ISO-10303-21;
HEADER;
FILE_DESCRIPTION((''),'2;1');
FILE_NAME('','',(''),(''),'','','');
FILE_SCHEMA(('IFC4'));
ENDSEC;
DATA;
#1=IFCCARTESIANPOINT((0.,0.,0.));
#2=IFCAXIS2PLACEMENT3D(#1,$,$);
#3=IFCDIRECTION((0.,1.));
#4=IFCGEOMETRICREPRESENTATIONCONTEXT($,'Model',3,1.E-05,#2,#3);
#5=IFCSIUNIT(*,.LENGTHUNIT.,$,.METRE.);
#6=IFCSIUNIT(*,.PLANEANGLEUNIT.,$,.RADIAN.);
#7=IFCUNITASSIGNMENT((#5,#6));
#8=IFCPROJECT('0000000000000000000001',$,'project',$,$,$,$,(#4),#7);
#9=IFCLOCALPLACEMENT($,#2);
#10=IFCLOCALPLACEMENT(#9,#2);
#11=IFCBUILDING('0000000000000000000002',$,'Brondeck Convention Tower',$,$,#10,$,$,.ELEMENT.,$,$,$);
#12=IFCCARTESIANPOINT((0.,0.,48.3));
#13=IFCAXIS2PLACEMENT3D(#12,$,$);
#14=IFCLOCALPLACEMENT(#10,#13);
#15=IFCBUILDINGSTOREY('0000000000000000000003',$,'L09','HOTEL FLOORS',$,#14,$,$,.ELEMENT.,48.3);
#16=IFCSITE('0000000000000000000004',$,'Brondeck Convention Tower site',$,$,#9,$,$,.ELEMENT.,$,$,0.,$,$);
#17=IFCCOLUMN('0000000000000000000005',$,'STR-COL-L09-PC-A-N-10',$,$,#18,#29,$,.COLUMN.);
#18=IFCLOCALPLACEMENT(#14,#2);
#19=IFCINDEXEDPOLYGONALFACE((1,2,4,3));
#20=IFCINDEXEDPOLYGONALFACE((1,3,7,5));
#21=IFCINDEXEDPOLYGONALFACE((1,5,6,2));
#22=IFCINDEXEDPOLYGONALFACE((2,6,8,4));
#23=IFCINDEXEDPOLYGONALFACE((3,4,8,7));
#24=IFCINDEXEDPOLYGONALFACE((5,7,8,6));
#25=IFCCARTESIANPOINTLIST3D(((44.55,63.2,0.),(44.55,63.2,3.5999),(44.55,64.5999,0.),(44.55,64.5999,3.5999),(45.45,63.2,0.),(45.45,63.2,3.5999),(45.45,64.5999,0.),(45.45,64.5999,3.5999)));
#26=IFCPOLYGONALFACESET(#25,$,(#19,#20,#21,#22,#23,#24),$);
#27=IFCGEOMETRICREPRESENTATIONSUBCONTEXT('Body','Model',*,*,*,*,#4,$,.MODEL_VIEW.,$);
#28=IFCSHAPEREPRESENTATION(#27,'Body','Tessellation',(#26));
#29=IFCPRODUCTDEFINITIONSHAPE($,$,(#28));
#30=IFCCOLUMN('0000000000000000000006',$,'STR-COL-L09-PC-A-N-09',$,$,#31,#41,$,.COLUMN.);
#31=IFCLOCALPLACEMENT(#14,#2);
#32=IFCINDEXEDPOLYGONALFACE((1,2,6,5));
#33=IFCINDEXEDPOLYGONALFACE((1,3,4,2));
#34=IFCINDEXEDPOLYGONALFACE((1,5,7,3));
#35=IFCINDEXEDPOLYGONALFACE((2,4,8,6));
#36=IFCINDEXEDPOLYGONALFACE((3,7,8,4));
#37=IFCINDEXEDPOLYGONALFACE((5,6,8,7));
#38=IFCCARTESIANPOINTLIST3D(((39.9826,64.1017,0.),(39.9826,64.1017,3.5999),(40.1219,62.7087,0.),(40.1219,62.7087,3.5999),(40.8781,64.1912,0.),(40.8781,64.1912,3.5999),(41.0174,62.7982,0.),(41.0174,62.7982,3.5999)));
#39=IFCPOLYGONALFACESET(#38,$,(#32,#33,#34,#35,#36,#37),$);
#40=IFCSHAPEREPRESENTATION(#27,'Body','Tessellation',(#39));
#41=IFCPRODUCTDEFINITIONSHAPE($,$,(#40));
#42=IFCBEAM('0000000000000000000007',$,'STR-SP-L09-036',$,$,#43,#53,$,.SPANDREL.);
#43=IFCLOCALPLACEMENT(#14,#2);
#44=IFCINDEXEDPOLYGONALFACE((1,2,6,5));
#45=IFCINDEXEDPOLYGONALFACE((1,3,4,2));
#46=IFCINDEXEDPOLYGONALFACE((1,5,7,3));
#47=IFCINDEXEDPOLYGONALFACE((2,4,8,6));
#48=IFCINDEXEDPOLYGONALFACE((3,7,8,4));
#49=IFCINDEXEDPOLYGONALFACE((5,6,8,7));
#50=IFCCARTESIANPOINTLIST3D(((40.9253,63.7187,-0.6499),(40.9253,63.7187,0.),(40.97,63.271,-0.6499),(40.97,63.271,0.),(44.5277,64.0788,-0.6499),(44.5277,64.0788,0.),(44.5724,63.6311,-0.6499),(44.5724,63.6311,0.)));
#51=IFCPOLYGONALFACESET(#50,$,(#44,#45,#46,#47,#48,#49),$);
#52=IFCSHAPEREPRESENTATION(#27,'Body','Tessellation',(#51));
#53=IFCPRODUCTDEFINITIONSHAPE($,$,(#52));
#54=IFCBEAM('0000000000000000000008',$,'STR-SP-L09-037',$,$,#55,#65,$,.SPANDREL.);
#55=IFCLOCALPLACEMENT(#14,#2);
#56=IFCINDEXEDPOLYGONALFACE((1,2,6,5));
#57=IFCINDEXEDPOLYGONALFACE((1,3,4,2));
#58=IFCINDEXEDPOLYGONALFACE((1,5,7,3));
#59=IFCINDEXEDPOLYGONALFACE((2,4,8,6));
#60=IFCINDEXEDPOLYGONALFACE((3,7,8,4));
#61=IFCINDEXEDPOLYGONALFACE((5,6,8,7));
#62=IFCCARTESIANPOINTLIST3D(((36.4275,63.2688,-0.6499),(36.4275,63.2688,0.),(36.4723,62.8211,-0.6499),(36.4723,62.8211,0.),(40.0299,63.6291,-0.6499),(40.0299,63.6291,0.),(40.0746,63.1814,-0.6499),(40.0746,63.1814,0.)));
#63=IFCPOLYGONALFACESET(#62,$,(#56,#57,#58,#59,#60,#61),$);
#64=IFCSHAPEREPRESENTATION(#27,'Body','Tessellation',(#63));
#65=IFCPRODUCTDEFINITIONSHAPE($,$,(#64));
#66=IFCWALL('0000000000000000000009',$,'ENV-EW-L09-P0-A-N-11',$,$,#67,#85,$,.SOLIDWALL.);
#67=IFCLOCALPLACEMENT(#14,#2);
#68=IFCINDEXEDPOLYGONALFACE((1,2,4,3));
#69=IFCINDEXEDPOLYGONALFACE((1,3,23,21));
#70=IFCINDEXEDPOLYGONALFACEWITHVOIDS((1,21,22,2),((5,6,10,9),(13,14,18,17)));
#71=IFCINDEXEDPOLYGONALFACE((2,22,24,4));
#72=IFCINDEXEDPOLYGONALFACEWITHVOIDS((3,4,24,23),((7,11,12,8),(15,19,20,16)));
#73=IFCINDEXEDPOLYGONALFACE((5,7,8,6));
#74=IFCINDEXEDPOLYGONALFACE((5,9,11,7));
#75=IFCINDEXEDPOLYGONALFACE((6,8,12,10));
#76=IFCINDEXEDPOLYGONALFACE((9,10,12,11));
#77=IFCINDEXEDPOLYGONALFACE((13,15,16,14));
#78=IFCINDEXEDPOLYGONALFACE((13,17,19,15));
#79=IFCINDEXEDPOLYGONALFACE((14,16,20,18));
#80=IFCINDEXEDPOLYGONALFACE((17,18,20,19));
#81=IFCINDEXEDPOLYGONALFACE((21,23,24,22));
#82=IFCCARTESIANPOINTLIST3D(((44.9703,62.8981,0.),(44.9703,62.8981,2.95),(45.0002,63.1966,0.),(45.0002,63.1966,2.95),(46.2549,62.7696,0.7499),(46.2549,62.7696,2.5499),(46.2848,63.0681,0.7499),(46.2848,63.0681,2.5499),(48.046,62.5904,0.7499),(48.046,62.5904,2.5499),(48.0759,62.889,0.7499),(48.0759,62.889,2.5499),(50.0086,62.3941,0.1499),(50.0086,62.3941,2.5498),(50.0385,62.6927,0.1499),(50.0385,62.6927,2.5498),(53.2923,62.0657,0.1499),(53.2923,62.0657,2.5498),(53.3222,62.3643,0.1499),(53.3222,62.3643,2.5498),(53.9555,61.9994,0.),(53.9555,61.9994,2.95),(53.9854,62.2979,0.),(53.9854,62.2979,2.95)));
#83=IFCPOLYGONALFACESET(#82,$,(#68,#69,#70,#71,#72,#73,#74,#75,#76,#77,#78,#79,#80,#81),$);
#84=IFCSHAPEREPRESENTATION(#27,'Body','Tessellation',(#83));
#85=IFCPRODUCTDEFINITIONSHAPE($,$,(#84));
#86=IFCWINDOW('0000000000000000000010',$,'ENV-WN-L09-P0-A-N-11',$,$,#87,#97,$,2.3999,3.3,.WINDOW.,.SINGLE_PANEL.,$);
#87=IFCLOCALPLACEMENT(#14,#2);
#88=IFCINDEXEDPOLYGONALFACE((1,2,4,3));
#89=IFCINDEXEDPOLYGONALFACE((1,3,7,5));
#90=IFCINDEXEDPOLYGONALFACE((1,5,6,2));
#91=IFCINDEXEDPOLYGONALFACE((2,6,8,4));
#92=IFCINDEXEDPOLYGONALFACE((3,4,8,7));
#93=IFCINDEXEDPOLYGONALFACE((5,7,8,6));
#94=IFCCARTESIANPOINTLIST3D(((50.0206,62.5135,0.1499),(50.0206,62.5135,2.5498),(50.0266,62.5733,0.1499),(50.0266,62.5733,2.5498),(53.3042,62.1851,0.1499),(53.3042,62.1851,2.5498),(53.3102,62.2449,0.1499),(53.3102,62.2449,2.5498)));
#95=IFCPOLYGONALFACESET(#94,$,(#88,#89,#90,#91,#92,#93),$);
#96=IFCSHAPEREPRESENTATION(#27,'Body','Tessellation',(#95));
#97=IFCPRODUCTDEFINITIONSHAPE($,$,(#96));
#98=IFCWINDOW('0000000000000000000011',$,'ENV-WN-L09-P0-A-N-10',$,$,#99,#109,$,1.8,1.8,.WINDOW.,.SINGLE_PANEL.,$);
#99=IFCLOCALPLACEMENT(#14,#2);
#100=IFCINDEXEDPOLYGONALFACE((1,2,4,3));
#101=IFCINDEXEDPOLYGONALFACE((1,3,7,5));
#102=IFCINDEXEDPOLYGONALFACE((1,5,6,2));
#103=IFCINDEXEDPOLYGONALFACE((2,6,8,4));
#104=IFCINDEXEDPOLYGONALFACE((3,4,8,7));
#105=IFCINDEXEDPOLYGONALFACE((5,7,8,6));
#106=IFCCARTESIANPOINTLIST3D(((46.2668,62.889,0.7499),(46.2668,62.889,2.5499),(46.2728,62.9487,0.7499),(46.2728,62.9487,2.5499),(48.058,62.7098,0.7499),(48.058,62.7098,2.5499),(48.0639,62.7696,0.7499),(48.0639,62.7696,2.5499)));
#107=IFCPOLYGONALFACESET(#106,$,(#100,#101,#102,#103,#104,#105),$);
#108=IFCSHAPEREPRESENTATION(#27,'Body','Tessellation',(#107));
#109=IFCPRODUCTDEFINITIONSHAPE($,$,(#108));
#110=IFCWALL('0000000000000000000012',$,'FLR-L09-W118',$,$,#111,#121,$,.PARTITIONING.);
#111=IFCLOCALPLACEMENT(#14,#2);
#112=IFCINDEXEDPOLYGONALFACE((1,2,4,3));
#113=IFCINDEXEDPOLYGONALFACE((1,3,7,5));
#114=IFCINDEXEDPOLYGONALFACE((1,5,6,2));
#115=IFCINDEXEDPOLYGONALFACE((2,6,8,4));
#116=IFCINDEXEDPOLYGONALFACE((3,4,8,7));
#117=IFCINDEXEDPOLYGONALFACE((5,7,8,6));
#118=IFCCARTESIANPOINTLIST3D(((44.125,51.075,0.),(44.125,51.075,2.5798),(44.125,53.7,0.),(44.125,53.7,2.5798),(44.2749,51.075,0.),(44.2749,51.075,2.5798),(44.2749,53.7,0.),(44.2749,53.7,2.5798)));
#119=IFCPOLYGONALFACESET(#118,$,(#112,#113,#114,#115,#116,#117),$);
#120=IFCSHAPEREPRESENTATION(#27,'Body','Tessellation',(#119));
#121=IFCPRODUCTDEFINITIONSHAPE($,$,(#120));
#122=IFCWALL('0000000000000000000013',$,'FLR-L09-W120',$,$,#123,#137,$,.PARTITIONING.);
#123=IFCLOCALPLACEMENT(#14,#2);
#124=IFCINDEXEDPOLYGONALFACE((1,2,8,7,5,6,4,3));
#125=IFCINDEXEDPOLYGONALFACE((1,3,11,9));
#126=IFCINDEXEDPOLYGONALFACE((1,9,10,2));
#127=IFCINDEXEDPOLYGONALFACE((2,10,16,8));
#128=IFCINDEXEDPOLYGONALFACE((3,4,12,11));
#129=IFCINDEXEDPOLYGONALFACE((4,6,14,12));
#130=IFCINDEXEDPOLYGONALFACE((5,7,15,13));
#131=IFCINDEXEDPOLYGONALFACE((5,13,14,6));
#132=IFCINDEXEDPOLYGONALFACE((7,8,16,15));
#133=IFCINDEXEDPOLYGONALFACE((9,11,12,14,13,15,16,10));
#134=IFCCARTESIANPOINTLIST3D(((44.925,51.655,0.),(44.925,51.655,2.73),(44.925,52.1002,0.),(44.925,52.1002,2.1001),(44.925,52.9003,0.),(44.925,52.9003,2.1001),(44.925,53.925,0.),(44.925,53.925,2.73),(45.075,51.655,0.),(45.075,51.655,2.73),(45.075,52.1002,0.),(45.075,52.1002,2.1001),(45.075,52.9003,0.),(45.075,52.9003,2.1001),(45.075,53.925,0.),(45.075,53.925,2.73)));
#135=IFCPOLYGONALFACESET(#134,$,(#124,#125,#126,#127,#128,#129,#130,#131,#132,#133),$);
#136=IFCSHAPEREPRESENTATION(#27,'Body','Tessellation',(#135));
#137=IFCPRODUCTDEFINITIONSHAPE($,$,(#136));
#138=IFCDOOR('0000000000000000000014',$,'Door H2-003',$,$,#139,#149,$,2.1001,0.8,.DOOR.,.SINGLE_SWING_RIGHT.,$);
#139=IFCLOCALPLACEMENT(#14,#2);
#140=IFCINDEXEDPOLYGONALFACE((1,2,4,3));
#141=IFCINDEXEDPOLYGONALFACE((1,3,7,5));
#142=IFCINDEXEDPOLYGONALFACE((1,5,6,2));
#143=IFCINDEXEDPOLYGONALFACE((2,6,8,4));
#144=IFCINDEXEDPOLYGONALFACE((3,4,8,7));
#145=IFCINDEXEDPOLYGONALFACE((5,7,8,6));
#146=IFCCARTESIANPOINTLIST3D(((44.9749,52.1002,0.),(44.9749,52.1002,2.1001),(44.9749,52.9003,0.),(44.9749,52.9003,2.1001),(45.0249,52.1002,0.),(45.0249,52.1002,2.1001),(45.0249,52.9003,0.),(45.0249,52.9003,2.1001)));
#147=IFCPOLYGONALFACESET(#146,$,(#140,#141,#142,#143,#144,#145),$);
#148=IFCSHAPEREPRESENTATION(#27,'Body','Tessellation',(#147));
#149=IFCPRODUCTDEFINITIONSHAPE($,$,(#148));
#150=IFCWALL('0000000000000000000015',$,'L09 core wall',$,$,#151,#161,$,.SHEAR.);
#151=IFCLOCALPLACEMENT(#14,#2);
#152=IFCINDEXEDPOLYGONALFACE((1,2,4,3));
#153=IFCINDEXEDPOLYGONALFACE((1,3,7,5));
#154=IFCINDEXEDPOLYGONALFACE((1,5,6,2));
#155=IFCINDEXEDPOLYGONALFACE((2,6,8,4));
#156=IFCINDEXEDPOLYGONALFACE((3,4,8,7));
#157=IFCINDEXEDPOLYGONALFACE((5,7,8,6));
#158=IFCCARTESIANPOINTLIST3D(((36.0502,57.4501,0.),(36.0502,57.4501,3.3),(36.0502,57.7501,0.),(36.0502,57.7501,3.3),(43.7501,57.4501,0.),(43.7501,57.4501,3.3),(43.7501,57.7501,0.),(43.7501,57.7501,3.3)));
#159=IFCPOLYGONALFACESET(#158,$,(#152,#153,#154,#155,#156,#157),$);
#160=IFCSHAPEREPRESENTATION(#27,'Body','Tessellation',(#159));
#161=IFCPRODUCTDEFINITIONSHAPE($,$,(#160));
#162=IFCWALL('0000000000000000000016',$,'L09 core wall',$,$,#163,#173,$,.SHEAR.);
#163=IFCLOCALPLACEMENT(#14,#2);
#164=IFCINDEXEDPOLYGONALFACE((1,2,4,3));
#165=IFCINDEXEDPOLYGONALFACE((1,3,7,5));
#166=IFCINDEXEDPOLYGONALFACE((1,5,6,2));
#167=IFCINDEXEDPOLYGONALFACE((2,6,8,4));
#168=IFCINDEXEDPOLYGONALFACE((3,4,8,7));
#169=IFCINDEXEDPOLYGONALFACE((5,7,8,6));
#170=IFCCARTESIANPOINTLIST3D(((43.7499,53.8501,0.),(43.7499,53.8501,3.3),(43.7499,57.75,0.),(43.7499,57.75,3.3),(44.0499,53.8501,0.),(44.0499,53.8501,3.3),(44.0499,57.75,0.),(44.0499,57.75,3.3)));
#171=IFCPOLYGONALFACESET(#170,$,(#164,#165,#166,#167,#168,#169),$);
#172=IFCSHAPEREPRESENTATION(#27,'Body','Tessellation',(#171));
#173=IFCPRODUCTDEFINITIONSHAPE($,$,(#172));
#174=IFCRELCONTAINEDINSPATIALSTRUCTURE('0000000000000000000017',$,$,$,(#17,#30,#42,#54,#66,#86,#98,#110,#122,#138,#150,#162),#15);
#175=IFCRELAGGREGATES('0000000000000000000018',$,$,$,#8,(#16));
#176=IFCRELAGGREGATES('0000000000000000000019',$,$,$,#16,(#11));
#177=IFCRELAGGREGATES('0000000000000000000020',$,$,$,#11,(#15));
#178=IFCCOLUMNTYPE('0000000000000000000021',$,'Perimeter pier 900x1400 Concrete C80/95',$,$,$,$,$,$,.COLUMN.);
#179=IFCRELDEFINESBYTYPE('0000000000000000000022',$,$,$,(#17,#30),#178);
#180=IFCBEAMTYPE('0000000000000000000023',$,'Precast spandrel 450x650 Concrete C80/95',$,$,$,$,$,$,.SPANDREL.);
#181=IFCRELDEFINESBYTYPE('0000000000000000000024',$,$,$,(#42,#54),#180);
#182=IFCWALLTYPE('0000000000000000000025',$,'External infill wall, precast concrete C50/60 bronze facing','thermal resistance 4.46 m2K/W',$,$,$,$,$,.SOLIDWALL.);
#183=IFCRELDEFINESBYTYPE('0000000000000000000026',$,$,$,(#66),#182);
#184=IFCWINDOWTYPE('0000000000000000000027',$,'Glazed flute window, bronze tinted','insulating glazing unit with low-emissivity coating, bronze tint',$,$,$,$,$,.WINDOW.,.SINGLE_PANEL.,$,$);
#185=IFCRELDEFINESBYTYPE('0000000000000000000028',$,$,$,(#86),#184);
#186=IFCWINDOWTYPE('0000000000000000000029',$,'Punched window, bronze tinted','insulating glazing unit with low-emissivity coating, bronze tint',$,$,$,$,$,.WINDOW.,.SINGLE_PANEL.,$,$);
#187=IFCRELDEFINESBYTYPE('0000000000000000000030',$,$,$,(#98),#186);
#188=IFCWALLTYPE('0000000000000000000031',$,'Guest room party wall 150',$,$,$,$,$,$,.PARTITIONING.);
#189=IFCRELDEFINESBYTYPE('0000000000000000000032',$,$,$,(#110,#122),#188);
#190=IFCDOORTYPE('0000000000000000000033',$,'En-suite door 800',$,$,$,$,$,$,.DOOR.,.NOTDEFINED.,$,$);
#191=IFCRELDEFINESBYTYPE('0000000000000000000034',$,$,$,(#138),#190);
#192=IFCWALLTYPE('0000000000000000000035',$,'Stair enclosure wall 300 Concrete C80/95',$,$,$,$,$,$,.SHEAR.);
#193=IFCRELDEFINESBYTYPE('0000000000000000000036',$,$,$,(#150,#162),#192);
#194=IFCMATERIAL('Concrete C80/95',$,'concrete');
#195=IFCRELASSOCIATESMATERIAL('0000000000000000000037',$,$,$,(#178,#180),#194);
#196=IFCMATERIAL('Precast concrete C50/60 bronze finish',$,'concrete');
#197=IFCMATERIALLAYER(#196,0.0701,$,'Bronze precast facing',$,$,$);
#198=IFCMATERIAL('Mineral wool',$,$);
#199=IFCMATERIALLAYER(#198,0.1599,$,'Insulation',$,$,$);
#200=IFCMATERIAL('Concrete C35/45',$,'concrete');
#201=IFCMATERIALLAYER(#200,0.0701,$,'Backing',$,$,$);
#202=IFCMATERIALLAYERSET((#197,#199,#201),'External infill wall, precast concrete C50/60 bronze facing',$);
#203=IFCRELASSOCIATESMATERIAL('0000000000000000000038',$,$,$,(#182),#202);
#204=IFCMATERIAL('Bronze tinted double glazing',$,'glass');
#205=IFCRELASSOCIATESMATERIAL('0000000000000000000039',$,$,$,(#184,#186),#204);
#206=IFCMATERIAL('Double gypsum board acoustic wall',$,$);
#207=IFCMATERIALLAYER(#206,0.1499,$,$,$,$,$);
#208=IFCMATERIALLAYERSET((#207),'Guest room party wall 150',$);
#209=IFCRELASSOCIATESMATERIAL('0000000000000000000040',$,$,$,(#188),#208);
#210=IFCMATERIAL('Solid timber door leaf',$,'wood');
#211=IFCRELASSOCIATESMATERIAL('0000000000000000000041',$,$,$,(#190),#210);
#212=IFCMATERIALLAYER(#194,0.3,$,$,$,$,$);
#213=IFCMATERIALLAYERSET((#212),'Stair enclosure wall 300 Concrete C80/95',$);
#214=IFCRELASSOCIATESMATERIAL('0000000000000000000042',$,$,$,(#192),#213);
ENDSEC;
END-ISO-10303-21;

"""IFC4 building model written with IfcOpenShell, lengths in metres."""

from ifc_helpers import new_model, si_unit, direction, frame, frame_2d, origin, origin_2d, place, context, subcontext, project, spatial, rectangle, extrude, material, layer, layer_set, material_profile, profile_set, type_object, element, fill, save


model = new_model("IFC4")

# Units and contexts
model_context = context("Model", 3, precision=1e-05, world=origin(), true_north=direction((0.0, 1.0)))
body_context = subcontext(model_context, "Body", "Model", "MODEL_VIEW")
ifc_project = project(units=[si_unit("LENGTHUNIT", "METRE"), si_unit("PLANEANGLEUNIT", "RADIAN")], contexts=[model_context])

# Site, building, storey
site_placement = place(None, origin())
site = spatial("IfcSite", under=ifc_project, at=site_placement, Name="Brondeck Convention Tower site", CompositionType="ELEMENT", RefElevation=0.0)
building_placement = place(site_placement, origin())
building = spatial("IfcBuilding", under=site, at=building_placement, Name="Brondeck Convention Tower", CompositionType="ELEMENT")
storey_placement = place(building_placement, frame((0.0, 0.0, 48.3)))
storey = spatial("IfcBuildingStorey", under=building, at=storey_placement, Name="L09", Description="HOTEL FLOORS", CompositionType="ELEMENT", Elevation=48.3)

# Columns
ifc_material_1 = material(Name="Concrete C80/95", Category="concrete")
ifc_material_profile_1 = material_profile(ifc_material_1, rectangle(XDim=0.8999, YDim=1.3999, at=origin_2d()), Name="Perimeter pier 900x1400 Concrete C80/95")
ifc_profile_set_1 = profile_set([ifc_material_profile_1], Name="Concrete C80/95")
column_type = type_object("IfcColumnType", Name="Perimeter pier 900x1400 Concrete C80/95", PredefinedType="COLUMN", material=ifc_profile_set_1)
for number, where, z_axis, x_axis, name in (
    (1, (45.0, 63.8999, 0.0), (0.0, 0.0, 1.0), (-1.0, 0.0, 0.0), "STR-COL-L09-PC-A-N-10"),
    (2, (40.5, 63.45, 0.0), (0.0, 0.0, 1.0), (-0.995037, -0.099504, 0.0), "STR-COL-L09-PC-A-N-09"),
):
    element("IfcColumn", number, at=place(storey_placement, frame(where, z_axis=z_axis, x_axis=x_axis)), inside=storey, type_object=column_type, Name=name, PredefinedType="COLUMN", context=body_context, shape_type="SweptSolid", body=[
        extrude(rectangle(XDim=0.8999, YDim=1.3999, at=origin_2d()), origin(), (0.0, 0.0, 1.0), 3.5999),
    ])

# Beams
ifc_material_profile_2 = material_profile(ifc_material_1, rectangle(XDim=0.45, YDim=0.6499, at=origin_2d()), Name="Precast spandrel 450x650 Concrete C80/95")
ifc_profile_set_2 = profile_set([ifc_material_profile_2], Name="Concrete C80/95")
beam_type = type_object("IfcBeamType", Name="Precast spandrel 450x650 Concrete C80/95", PredefinedType="SPANDREL", material=ifc_profile_set_2)
for number, where, z_axis, x_axis, name in (
    (3, (44.55, 63.855, -0.325), (-0.995041, -0.09947, 0.0), (0.09947, -0.995041, 0.0), "STR-SP-L09-036"),
    (4, (40.0522, 63.4053, -0.325), (-0.995034, -0.099537, 0.0), (0.099537, -0.995034, 0.0), "STR-SP-L09-037"),
):
    element("IfcBeam", number, at=place(storey_placement, frame(where, z_axis=z_axis, x_axis=x_axis)), inside=storey, type_object=beam_type, Name=name, PredefinedType="SPANDREL", context=body_context, shape_type="SweptSolid", body=[
        extrude(rectangle(XDim=0.45, YDim=0.6499, at=origin_2d()), origin(), (0.0, 0.0, 1.0), 3.6204),
    ])

# Wall, openings, windows
ifc_material_2 = material(Name="Precast concrete C50/60 bronze finish", Category="concrete")
ifc_layer_1 = layer(ifc_material_2, 0.0701, Name="Bronze precast facing")
ifc_material_3 = material(Name="Mineral wool")
ifc_layer_2 = layer(ifc_material_3, 0.1599, Name="Insulation")
ifc_material_4 = material(Name="Concrete C35/45", Category="concrete")
ifc_layer_3 = layer(ifc_material_4, 0.0701, Name="Backing")
ifc_layer_set_1 = layer_set([ifc_layer_1, ifc_layer_2, ifc_layer_3], Name="External infill wall, precast concrete C50/60 bronze facing")
wall_type_1 = type_object("IfcWallType", Name="External infill wall, precast concrete C50/60 bronze facing", Description="thermal resistance 4.46 m2K/W", PredefinedType="SOLIDWALL", material=ifc_layer_set_1)
wall_1_placement = place(storey_placement, frame((44.9851, 63.0474, 0.0), z_axis=(0.0, 0.0, 1.0), x_axis=(0.995035, -0.099522, 0.0)))
wall_1 = element("IfcWall", 5, at=wall_1_placement, inside=storey, type_object=wall_type_1, Name="ENV-EW-L09-P0-A-N-11", PredefinedType="SOLIDWALL", context=body_context, shape_type="SweptSolid", body=[
    extrude(rectangle(XDim=9.03, YDim=0.3, at=frame_2d((4.5151, 0.0))), origin(), (0.0, 0.0, 1.0), 2.95),
])
opening_1_placement = place(wall_1_placement, frame((1.2913, 0.0, 0.75)))
opening_1 = element("IfcOpeningElement", 6, at=opening_1_placement, cuts=wall_1, PredefinedType="OPENING", context=body_context, shape_type="SweptSolid", body=[
    extrude(rectangle(XDim=1.8, YDim=1.8, at=frame_2d((0.8999, 0.8999))), frame((0.0, 0.1599, 0.0), z_axis=(0.0, -1.0, 0.0), x_axis=(1.0, 0.0, 0.0)), (0.0, 0.0, 1.0), 0.3201),
])
opening_2_placement = place(wall_1_placement, frame((5.0637, 0.0, 0.1499)))
opening_2 = element("IfcOpeningElement", 7, at=opening_2_placement, cuts=wall_1, PredefinedType="OPENING", context=body_context, shape_type="SweptSolid", body=[
    extrude(rectangle(XDim=3.3, YDim=2.3999, at=frame_2d((1.6499, 1.2))), frame((0.0, 0.1599, 0.0), z_axis=(0.0, -1.0, 0.0), x_axis=(1.0, 0.0, 0.0)), (0.0, 0.0, 1.0), 0.3201),
])
ifc_material_5 = material(Name="Bronze tinted double glazing", Category="glass")
window_type_1 = type_object("IfcWindowType", Name="Glazed flute window, bronze tinted", Description="insulating glazing unit with low-emissivity coating, bronze tint", PartitioningType="SINGLE_PANEL", PredefinedType="WINDOW", material=ifc_material_5)
window_1_placement = place(opening_2_placement, origin())
window_1 = element("IfcWindow", 8, at=window_1_placement, inside=storey, type_object=window_type_1, Name="ENV-WN-L09-P0-A-N-11", OverallHeight=2.3999, OverallWidth=3.3, PartitioningType="SINGLE_PANEL", PredefinedType="WINDOW", context=body_context, shape_type="SweptSolid", body=[
    extrude(rectangle(XDim=3.3, YDim=2.3999, at=frame_2d((1.6499, 1.2))), frame((0.0, 0.03, 0.0), z_axis=(0.0, -1.0, 0.0), x_axis=(1.0, 0.0, 0.0)), (0.0, 0.0, 1.0), 0.0601),
])
fill(opening_2, window_1)
window_type_2 = type_object("IfcWindowType", Name="Punched window, bronze tinted", Description="insulating glazing unit with low-emissivity coating, bronze tint", PartitioningType="SINGLE_PANEL", PredefinedType="WINDOW", material=ifc_material_5)
window_2_placement = place(opening_1_placement, origin())
window_2 = element("IfcWindow", 9, at=window_2_placement, inside=storey, type_object=window_type_2, Name="ENV-WN-L09-P0-A-N-10", OverallHeight=1.8, OverallWidth=1.8, PartitioningType="SINGLE_PANEL", PredefinedType="WINDOW", context=body_context, shape_type="SweptSolid", body=[
    extrude(rectangle(XDim=1.8, YDim=1.8, at=frame_2d((0.8999, 0.8999))), frame((0.0, 0.03, 0.0), z_axis=(0.0, -1.0, 0.0), x_axis=(1.0, 0.0, 0.0)), (0.0, 0.0, 1.0), 0.0601),
])
fill(opening_1, window_2)

# Wall
ifc_material_6 = material(Name="Double gypsum board acoustic wall")
ifc_layer_4 = layer(ifc_material_6, 0.1499)
ifc_layer_set_2 = layer_set([ifc_layer_4], Name="Guest room party wall 150")
wall_type_2 = type_object("IfcWallType", Name="Guest room party wall 150", PredefinedType="PARTITIONING", material=ifc_layer_set_2)
wall_2_placement = place(storey_placement, frame((44.2, 53.7, 0.0), z_axis=(0.0, 0.0, 1.0), x_axis=(0.0, -1.0, 0.0)))
element("IfcWall", 10, at=wall_2_placement, inside=storey, type_object=wall_type_2, Name="FLR-L09-W118", PredefinedType="PARTITIONING", context=body_context, shape_type="SweptSolid", body=[
    extrude(rectangle(XDim=2.625, YDim=0.1499, at=frame_2d((1.3125, 0.0))), origin(), (0.0, 0.0, 1.0), 2.5798),
])

# Wall, opening, door
wall_3_placement = place(storey_placement, frame((45.0, 53.925, 0.0), z_axis=(0.0, 0.0, 1.0), x_axis=(0.0, -1.0, 0.0)))
wall_3 = element("IfcWall", 11, at=wall_3_placement, inside=storey, type_object=wall_type_2, Name="FLR-L09-W120", PredefinedType="PARTITIONING", context=body_context, shape_type="SweptSolid", body=[
    extrude(rectangle(XDim=2.27, YDim=0.1499, at=frame_2d((1.135, 0.0))), origin(), (0.0, 0.0, 1.0), 2.73),
])
opening_3_placement = place(wall_3_placement, frame((1.0249, 0.0, 0.0)))
opening_3 = element("IfcOpeningElement", 12, at=opening_3_placement, cuts=wall_3, PredefinedType="OPENING", context=body_context, shape_type="SweptSolid", body=[
    extrude(rectangle(XDim=0.8, YDim=2.1001, at=frame_2d((0.3999, 1.05))), frame((0.0, 0.085, 0.0), z_axis=(0.0, -1.0, 0.0), x_axis=(1.0, 0.0, 0.0)), (0.0, 0.0, 1.0), 0.1699),
])
ifc_material_7 = material(Name="Solid timber door leaf", Category="wood")
door_type = type_object("IfcDoorType", Name="En-suite door 800", OperationType="NOTDEFINED", PredefinedType="DOOR", material=ifc_material_7)
door_placement = place(opening_3_placement, origin())
door = element("IfcDoor", 13, at=door_placement, inside=storey, type_object=door_type, Name="Door H2-003", OperationType="SINGLE_SWING_RIGHT", OverallHeight=2.1001, OverallWidth=0.8, PredefinedType="DOOR", context=body_context, shape_type="SweptSolid", body=[
    extrude(rectangle(XDim=0.8, YDim=2.1001, at=frame_2d((0.3999, 1.05))), frame((0.0, 0.0249, 0.0), z_axis=(0.0, -1.0, 0.0), x_axis=(1.0, 0.0, 0.0)), (0.0, 0.0, 1.0), 0.05),
])
fill(opening_3, door)

# Walls
ifc_layer_5 = layer(ifc_material_1, 0.3)
ifc_layer_set_3 = layer_set([ifc_layer_5], Name="Stair enclosure wall 300 Concrete C80/95")
wall_type_3 = type_object("IfcWallType", Name="Stair enclosure wall 300 Concrete C80/95", PredefinedType="SHEAR", material=ifc_layer_set_3)
wall_4_placement = place(storey_placement, frame((36.05, 57.6001, 0.0), z_axis=(0.0, 0.0, 1.0), x_axis=(1.0, 0.0, 0.0)))
element("IfcWall", 14, at=wall_4_placement, inside=storey, type_object=wall_type_3, Name="L09 core wall", PredefinedType="SHEAR", context=body_context, shape_type="SweptSolid", body=[
    extrude(rectangle(XDim=7.7, YDim=0.3, at=frame_2d((3.8501, 0.0))), origin(), (0.0, 0.0, 1.0), 3.3),
])
wall_5_placement = place(storey_placement, frame((43.8999, 53.8501, 0.0), z_axis=(0.0, 0.0, 1.0), x_axis=(0.0, 1.0, 0.0)))
element("IfcWall", 15, at=wall_5_placement, inside=storey, type_object=wall_type_3, Name="L09 core wall", PredefinedType="SHEAR", context=body_context, shape_type="SweptSolid", body=[
    extrude(rectangle(XDim=3.8999, YDim=0.3, at=frame_2d((1.95, 0.0))), origin(), (0.0, 0.0, 1.0), 3.3),
])

save(model, "model.ifc")
